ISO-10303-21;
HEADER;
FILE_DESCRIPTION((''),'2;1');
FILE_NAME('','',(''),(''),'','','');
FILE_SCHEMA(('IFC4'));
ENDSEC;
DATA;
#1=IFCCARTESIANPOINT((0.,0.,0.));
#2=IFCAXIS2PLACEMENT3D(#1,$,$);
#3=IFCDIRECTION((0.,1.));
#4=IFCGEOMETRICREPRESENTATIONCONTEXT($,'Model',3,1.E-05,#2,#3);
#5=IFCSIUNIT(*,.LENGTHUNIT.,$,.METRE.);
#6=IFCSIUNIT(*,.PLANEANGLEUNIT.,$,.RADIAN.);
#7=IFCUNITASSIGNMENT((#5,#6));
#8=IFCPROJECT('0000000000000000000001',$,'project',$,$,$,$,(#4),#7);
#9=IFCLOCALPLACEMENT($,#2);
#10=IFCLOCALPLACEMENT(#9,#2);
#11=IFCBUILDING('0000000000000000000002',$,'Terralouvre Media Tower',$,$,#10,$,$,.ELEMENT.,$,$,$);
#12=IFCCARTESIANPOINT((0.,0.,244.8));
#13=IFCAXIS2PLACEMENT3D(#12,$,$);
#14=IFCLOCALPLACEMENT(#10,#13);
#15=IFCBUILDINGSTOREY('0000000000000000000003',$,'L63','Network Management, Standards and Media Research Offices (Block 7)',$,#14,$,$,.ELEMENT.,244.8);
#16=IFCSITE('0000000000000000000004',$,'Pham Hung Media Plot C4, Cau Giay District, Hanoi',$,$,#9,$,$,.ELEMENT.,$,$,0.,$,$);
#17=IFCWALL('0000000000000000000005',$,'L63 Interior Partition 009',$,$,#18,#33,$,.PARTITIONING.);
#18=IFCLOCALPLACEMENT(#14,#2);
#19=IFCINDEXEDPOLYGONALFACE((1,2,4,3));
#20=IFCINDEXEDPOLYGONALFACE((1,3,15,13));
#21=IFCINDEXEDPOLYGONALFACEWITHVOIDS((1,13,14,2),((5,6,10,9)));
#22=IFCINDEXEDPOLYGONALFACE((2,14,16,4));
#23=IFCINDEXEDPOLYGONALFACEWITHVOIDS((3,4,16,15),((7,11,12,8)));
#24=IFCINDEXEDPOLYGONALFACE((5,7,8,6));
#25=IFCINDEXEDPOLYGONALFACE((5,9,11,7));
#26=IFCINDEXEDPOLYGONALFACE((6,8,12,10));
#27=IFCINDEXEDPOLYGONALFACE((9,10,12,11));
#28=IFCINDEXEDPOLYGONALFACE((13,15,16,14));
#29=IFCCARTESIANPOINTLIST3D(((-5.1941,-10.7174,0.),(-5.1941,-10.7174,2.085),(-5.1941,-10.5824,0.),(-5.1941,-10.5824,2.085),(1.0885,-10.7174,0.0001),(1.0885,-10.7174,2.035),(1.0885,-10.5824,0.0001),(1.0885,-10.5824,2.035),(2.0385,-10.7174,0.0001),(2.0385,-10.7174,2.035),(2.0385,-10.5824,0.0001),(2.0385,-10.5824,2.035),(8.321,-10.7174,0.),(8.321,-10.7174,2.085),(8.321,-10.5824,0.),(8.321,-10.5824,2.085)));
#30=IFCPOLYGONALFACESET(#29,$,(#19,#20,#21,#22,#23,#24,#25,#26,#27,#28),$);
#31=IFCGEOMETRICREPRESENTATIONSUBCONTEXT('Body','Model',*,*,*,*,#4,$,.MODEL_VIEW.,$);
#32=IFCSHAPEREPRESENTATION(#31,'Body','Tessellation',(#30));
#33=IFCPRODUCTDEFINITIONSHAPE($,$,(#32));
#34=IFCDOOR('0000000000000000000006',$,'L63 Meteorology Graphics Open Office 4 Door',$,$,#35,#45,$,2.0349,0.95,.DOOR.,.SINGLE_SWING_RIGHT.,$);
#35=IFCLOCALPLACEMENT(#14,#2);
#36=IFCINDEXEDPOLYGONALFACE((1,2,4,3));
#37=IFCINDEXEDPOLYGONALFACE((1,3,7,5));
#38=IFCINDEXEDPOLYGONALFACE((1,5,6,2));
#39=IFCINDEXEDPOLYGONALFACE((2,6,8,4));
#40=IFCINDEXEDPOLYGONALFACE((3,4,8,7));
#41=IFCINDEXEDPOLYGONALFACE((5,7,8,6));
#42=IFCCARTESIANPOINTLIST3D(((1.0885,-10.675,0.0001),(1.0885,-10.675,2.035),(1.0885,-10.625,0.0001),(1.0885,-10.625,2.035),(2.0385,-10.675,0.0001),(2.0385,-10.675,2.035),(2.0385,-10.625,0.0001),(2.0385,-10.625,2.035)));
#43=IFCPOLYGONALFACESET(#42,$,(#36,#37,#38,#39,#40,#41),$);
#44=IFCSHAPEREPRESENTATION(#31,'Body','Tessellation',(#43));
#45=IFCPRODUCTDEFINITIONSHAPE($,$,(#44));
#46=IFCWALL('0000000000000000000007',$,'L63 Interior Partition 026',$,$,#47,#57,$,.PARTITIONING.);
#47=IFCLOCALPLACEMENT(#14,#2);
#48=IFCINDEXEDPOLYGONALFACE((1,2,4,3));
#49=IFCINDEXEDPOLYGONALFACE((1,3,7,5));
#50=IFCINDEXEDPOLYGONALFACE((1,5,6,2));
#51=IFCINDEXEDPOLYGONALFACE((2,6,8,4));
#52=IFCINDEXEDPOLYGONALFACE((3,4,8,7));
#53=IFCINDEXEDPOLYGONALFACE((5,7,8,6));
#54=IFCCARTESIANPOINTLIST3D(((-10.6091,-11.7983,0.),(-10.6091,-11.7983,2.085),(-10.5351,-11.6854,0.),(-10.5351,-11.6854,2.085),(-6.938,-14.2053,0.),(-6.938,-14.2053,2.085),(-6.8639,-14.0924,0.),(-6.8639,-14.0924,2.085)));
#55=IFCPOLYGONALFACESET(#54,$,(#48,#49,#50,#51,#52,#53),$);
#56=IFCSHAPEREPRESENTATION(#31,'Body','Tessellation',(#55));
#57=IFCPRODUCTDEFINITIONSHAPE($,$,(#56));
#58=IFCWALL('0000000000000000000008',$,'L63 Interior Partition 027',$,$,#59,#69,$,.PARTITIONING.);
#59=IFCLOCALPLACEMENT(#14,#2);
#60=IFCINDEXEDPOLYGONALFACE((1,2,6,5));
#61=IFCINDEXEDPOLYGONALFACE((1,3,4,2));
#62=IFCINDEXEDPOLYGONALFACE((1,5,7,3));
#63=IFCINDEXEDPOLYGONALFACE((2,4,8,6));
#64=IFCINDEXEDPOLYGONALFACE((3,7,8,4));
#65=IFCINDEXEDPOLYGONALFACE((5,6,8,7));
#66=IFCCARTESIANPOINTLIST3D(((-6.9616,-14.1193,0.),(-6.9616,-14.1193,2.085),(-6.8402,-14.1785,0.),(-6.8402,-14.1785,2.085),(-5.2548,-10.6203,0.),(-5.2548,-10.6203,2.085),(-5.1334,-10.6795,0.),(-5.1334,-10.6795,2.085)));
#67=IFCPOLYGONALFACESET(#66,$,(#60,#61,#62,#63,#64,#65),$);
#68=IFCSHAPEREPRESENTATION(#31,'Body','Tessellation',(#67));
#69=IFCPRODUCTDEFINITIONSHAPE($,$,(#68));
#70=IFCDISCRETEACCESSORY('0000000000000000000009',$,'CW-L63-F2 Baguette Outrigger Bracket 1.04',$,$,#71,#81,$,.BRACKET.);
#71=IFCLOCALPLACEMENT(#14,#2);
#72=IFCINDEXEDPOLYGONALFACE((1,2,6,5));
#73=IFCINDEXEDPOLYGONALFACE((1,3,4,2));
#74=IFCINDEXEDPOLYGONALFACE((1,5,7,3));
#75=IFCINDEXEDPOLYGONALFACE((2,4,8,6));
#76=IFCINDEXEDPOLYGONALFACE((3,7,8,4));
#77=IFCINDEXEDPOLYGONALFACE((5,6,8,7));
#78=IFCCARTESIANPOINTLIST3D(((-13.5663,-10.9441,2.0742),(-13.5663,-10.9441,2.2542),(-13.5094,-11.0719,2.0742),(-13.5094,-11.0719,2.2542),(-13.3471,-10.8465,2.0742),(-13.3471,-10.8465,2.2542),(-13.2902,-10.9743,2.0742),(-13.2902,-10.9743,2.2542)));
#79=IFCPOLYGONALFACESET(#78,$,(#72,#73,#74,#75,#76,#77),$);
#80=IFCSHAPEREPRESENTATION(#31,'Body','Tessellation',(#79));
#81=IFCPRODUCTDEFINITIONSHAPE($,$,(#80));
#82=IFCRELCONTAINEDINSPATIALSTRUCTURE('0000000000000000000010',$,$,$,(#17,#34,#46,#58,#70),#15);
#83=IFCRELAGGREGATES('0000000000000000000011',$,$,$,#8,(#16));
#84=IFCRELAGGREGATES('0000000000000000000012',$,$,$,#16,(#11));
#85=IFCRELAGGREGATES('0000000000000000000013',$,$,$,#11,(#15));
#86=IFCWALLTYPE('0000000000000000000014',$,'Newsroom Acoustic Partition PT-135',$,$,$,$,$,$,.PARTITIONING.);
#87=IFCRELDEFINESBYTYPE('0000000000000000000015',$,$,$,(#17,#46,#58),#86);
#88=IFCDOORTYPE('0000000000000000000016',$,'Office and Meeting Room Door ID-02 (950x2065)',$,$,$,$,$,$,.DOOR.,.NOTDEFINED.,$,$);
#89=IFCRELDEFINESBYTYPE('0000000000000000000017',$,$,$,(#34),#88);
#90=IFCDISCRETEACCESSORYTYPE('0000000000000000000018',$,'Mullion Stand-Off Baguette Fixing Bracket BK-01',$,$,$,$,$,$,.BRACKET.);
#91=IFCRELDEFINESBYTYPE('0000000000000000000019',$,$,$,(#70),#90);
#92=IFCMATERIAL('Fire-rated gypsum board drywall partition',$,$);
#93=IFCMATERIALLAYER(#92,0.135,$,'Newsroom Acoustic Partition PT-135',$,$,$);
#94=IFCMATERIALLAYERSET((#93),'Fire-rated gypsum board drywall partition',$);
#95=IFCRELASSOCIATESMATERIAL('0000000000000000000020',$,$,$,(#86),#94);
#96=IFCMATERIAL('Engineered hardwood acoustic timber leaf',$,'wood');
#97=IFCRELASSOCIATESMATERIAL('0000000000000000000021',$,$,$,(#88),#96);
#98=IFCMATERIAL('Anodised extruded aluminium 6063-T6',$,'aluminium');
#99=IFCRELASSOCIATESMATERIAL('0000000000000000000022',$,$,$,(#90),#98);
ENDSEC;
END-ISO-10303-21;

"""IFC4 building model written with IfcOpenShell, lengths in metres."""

from ifc_helpers import new_model, si_unit, direction, frame, frame_2d, origin, origin_2d, place, context, subcontext, project, spatial, rectangle, extrude, material, layer, layer_set, type_object, element, fill, save


model = new_model("IFC4")

# Units and contexts
model_context = context("Model", 3, precision=1e-05, world=origin(), true_north=direction((0.0, 1.0)))
body_context = subcontext(model_context, "Body", "Model", "MODEL_VIEW")
ifc_project = project(units=[si_unit("LENGTHUNIT", "METRE"), si_unit("PLANEANGLEUNIT", "RADIAN")], contexts=[model_context])

# Site, building, storey
site_placement = place(None, origin())
site = spatial("IfcSite", under=ifc_project, at=site_placement, Name="Pham Hung Media Plot C4, Cau Giay District, Hanoi", CompositionType="ELEMENT", RefElevation=0.0)
building_placement = place(site_placement, origin())
building = spatial("IfcBuilding", under=site, at=building_placement, Name="Terralouvre Media Tower", CompositionType="ELEMENT")
storey_placement = place(building_placement, frame((0.0, 0.0, 244.8)))
storey = spatial("IfcBuildingStorey", under=building, at=storey_placement, Name="L63", Description="Network Management, Standards and Media Research Offices (Block 7)", CompositionType="ELEMENT", Elevation=244.8)

# Wall, opening, door
ifc_material_1 = material(Name="Fire-rated gypsum board drywall partition")
ifc_layer_1 = layer(ifc_material_1, 0.135, Name="Newsroom Acoustic Partition PT-135")
ifc_layer_set_1 = layer_set([ifc_layer_1], Name="Fire-rated gypsum board drywall partition")
wall_type = type_object("IfcWallType", Name="Newsroom Acoustic Partition PT-135", PredefinedType="PARTITIONING", material=ifc_layer_set_1)
ifc_material_2 = material(Name="Engineered hardwood acoustic timber leaf", Category="wood")
door_type = type_object("IfcDoorType", Name="Office and Meeting Room Door ID-02 (950x2065)", OperationType="NOTDEFINED", PredefinedType="DOOR", material=ifc_material_2)
wall_1_placement = place(storey_placement, frame((-5.1941, -10.6499, 0.0), z_axis=(0.0, 0.0, 1.0), x_axis=(1.0, 0.0, 0.0)))
wall_1 = element("IfcWall", 1, at=wall_1_placement, inside=storey, type_object=wall_type, Name="L63 Interior Partition 009", PredefinedType="PARTITIONING", context=body_context, shape_type="SweptSolid", body=[
    extrude(rectangle(XDim=13.5151, YDim=0.135, at=frame_2d((6.7576, 0.0))), origin(), (0.0, 0.0, 1.0), 2.085),
])
opening_1_placement = place(wall_1_placement, frame((6.2825, 0.0, 0.0)))
opening_1 = element("IfcOpeningElement", 2, at=opening_1_placement, cuts=wall_1, PredefinedType="OPENING", context=body_context, shape_type="SweptSolid", body=[
    extrude(rectangle(XDim=0.95, YDim=2.0349, at=frame_2d((0.4751, 1.0176))), frame((0.0, 0.0774, 0.0), z_axis=(0.0, -1.0, 0.0), x_axis=(1.0, 0.0, 0.0)), (0.0, 0.0, 1.0), 0.155),
])
door_1_placement = place(opening_1_placement, origin())
door_1 = element("IfcDoor", 3, at=door_1_placement, inside=storey, type_object=door_type, Name="L63 Meteorology Graphics Open Office 4 Door", OperationType="SINGLE_SWING_RIGHT", OverallHeight=2.0349, OverallWidth=0.95, PredefinedType="DOOR", context=body_context, shape_type="SweptSolid", body=[
    extrude(rectangle(XDim=0.95, YDim=2.0349, at=frame_2d((0.4751, 1.0176))), frame((0.0, 0.0249, 0.0), z_axis=(0.0, -1.0, 0.0), x_axis=(1.0, 0.0, 0.0)), (0.0, 0.0, 1.0), 0.05),
])
fill(opening_1, door_1)

# Walls
wall_2_placement = place(storey_placement, frame((-10.572, -11.7419, 0.0), z_axis=(0.0, 0.0, 1.0), x_axis=(0.836278, -0.548305, 0.0)))
element("IfcWall", 4, at=wall_2_placement, inside=storey, type_object=wall_type, Name="L63 Interior Partition 026", PredefinedType="PARTITIONING", context=body_context, shape_type="SweptSolid", body=[
    extrude(rectangle(XDim=4.3899, YDim=0.135, at=frame_2d((2.1948, 0.0))), origin(), (0.0, 0.0, 1.0), 2.085),
])
wall_3_placement = place(storey_placement, frame((-6.9009, -14.1489, 0.0), z_axis=(0.0, 0.0, 1.0), x_axis=(0.438413, 0.898774, 0.0)))
element("IfcWall", 5, at=wall_3_placement, inside=storey, type_object=wall_type, Name="L63 Interior Partition 027", PredefinedType="PARTITIONING", context=body_context, shape_type="SweptSolid", body=[
    extrude(rectangle(XDim=3.8931, YDim=0.135, at=frame_2d((1.9465, 0.0))), origin(), (0.0, 0.0, 1.0), 2.085),
])

# Discrete accessory
ifc_material_3 = material(Name="Anodised extruded aluminium 6063-T6", Category="aluminium")
discrete_accessory_type = type_object("IfcDiscreteAccessoryType", Name="Mullion Stand-Off Baguette Fixing Bracket BK-01", PredefinedType="BRACKET", material=ifc_material_3)
discrete_accessory_placement = place(storey_placement, frame((-13.4282, -10.9592, 2.0742), z_axis=(0.0, 0.0, 1.0), x_axis=(0.406737, -0.913545, 0.0)))
element("IfcDiscreteAccessory", 6, at=discrete_accessory_placement, inside=storey, type_object=discrete_accessory_type, Name="CW-L63-F2 Baguette Outrigger Bracket 1.04", PredefinedType="BRACKET", context=body_context, shape_type="SweptSolid", body=[
    extrude(rectangle(XDim=0.1399, YDim=0.24, at=origin_2d()), origin(), (0.0, 0.0, 1.0), 0.1799),
])

save(model, "model.ifc")
